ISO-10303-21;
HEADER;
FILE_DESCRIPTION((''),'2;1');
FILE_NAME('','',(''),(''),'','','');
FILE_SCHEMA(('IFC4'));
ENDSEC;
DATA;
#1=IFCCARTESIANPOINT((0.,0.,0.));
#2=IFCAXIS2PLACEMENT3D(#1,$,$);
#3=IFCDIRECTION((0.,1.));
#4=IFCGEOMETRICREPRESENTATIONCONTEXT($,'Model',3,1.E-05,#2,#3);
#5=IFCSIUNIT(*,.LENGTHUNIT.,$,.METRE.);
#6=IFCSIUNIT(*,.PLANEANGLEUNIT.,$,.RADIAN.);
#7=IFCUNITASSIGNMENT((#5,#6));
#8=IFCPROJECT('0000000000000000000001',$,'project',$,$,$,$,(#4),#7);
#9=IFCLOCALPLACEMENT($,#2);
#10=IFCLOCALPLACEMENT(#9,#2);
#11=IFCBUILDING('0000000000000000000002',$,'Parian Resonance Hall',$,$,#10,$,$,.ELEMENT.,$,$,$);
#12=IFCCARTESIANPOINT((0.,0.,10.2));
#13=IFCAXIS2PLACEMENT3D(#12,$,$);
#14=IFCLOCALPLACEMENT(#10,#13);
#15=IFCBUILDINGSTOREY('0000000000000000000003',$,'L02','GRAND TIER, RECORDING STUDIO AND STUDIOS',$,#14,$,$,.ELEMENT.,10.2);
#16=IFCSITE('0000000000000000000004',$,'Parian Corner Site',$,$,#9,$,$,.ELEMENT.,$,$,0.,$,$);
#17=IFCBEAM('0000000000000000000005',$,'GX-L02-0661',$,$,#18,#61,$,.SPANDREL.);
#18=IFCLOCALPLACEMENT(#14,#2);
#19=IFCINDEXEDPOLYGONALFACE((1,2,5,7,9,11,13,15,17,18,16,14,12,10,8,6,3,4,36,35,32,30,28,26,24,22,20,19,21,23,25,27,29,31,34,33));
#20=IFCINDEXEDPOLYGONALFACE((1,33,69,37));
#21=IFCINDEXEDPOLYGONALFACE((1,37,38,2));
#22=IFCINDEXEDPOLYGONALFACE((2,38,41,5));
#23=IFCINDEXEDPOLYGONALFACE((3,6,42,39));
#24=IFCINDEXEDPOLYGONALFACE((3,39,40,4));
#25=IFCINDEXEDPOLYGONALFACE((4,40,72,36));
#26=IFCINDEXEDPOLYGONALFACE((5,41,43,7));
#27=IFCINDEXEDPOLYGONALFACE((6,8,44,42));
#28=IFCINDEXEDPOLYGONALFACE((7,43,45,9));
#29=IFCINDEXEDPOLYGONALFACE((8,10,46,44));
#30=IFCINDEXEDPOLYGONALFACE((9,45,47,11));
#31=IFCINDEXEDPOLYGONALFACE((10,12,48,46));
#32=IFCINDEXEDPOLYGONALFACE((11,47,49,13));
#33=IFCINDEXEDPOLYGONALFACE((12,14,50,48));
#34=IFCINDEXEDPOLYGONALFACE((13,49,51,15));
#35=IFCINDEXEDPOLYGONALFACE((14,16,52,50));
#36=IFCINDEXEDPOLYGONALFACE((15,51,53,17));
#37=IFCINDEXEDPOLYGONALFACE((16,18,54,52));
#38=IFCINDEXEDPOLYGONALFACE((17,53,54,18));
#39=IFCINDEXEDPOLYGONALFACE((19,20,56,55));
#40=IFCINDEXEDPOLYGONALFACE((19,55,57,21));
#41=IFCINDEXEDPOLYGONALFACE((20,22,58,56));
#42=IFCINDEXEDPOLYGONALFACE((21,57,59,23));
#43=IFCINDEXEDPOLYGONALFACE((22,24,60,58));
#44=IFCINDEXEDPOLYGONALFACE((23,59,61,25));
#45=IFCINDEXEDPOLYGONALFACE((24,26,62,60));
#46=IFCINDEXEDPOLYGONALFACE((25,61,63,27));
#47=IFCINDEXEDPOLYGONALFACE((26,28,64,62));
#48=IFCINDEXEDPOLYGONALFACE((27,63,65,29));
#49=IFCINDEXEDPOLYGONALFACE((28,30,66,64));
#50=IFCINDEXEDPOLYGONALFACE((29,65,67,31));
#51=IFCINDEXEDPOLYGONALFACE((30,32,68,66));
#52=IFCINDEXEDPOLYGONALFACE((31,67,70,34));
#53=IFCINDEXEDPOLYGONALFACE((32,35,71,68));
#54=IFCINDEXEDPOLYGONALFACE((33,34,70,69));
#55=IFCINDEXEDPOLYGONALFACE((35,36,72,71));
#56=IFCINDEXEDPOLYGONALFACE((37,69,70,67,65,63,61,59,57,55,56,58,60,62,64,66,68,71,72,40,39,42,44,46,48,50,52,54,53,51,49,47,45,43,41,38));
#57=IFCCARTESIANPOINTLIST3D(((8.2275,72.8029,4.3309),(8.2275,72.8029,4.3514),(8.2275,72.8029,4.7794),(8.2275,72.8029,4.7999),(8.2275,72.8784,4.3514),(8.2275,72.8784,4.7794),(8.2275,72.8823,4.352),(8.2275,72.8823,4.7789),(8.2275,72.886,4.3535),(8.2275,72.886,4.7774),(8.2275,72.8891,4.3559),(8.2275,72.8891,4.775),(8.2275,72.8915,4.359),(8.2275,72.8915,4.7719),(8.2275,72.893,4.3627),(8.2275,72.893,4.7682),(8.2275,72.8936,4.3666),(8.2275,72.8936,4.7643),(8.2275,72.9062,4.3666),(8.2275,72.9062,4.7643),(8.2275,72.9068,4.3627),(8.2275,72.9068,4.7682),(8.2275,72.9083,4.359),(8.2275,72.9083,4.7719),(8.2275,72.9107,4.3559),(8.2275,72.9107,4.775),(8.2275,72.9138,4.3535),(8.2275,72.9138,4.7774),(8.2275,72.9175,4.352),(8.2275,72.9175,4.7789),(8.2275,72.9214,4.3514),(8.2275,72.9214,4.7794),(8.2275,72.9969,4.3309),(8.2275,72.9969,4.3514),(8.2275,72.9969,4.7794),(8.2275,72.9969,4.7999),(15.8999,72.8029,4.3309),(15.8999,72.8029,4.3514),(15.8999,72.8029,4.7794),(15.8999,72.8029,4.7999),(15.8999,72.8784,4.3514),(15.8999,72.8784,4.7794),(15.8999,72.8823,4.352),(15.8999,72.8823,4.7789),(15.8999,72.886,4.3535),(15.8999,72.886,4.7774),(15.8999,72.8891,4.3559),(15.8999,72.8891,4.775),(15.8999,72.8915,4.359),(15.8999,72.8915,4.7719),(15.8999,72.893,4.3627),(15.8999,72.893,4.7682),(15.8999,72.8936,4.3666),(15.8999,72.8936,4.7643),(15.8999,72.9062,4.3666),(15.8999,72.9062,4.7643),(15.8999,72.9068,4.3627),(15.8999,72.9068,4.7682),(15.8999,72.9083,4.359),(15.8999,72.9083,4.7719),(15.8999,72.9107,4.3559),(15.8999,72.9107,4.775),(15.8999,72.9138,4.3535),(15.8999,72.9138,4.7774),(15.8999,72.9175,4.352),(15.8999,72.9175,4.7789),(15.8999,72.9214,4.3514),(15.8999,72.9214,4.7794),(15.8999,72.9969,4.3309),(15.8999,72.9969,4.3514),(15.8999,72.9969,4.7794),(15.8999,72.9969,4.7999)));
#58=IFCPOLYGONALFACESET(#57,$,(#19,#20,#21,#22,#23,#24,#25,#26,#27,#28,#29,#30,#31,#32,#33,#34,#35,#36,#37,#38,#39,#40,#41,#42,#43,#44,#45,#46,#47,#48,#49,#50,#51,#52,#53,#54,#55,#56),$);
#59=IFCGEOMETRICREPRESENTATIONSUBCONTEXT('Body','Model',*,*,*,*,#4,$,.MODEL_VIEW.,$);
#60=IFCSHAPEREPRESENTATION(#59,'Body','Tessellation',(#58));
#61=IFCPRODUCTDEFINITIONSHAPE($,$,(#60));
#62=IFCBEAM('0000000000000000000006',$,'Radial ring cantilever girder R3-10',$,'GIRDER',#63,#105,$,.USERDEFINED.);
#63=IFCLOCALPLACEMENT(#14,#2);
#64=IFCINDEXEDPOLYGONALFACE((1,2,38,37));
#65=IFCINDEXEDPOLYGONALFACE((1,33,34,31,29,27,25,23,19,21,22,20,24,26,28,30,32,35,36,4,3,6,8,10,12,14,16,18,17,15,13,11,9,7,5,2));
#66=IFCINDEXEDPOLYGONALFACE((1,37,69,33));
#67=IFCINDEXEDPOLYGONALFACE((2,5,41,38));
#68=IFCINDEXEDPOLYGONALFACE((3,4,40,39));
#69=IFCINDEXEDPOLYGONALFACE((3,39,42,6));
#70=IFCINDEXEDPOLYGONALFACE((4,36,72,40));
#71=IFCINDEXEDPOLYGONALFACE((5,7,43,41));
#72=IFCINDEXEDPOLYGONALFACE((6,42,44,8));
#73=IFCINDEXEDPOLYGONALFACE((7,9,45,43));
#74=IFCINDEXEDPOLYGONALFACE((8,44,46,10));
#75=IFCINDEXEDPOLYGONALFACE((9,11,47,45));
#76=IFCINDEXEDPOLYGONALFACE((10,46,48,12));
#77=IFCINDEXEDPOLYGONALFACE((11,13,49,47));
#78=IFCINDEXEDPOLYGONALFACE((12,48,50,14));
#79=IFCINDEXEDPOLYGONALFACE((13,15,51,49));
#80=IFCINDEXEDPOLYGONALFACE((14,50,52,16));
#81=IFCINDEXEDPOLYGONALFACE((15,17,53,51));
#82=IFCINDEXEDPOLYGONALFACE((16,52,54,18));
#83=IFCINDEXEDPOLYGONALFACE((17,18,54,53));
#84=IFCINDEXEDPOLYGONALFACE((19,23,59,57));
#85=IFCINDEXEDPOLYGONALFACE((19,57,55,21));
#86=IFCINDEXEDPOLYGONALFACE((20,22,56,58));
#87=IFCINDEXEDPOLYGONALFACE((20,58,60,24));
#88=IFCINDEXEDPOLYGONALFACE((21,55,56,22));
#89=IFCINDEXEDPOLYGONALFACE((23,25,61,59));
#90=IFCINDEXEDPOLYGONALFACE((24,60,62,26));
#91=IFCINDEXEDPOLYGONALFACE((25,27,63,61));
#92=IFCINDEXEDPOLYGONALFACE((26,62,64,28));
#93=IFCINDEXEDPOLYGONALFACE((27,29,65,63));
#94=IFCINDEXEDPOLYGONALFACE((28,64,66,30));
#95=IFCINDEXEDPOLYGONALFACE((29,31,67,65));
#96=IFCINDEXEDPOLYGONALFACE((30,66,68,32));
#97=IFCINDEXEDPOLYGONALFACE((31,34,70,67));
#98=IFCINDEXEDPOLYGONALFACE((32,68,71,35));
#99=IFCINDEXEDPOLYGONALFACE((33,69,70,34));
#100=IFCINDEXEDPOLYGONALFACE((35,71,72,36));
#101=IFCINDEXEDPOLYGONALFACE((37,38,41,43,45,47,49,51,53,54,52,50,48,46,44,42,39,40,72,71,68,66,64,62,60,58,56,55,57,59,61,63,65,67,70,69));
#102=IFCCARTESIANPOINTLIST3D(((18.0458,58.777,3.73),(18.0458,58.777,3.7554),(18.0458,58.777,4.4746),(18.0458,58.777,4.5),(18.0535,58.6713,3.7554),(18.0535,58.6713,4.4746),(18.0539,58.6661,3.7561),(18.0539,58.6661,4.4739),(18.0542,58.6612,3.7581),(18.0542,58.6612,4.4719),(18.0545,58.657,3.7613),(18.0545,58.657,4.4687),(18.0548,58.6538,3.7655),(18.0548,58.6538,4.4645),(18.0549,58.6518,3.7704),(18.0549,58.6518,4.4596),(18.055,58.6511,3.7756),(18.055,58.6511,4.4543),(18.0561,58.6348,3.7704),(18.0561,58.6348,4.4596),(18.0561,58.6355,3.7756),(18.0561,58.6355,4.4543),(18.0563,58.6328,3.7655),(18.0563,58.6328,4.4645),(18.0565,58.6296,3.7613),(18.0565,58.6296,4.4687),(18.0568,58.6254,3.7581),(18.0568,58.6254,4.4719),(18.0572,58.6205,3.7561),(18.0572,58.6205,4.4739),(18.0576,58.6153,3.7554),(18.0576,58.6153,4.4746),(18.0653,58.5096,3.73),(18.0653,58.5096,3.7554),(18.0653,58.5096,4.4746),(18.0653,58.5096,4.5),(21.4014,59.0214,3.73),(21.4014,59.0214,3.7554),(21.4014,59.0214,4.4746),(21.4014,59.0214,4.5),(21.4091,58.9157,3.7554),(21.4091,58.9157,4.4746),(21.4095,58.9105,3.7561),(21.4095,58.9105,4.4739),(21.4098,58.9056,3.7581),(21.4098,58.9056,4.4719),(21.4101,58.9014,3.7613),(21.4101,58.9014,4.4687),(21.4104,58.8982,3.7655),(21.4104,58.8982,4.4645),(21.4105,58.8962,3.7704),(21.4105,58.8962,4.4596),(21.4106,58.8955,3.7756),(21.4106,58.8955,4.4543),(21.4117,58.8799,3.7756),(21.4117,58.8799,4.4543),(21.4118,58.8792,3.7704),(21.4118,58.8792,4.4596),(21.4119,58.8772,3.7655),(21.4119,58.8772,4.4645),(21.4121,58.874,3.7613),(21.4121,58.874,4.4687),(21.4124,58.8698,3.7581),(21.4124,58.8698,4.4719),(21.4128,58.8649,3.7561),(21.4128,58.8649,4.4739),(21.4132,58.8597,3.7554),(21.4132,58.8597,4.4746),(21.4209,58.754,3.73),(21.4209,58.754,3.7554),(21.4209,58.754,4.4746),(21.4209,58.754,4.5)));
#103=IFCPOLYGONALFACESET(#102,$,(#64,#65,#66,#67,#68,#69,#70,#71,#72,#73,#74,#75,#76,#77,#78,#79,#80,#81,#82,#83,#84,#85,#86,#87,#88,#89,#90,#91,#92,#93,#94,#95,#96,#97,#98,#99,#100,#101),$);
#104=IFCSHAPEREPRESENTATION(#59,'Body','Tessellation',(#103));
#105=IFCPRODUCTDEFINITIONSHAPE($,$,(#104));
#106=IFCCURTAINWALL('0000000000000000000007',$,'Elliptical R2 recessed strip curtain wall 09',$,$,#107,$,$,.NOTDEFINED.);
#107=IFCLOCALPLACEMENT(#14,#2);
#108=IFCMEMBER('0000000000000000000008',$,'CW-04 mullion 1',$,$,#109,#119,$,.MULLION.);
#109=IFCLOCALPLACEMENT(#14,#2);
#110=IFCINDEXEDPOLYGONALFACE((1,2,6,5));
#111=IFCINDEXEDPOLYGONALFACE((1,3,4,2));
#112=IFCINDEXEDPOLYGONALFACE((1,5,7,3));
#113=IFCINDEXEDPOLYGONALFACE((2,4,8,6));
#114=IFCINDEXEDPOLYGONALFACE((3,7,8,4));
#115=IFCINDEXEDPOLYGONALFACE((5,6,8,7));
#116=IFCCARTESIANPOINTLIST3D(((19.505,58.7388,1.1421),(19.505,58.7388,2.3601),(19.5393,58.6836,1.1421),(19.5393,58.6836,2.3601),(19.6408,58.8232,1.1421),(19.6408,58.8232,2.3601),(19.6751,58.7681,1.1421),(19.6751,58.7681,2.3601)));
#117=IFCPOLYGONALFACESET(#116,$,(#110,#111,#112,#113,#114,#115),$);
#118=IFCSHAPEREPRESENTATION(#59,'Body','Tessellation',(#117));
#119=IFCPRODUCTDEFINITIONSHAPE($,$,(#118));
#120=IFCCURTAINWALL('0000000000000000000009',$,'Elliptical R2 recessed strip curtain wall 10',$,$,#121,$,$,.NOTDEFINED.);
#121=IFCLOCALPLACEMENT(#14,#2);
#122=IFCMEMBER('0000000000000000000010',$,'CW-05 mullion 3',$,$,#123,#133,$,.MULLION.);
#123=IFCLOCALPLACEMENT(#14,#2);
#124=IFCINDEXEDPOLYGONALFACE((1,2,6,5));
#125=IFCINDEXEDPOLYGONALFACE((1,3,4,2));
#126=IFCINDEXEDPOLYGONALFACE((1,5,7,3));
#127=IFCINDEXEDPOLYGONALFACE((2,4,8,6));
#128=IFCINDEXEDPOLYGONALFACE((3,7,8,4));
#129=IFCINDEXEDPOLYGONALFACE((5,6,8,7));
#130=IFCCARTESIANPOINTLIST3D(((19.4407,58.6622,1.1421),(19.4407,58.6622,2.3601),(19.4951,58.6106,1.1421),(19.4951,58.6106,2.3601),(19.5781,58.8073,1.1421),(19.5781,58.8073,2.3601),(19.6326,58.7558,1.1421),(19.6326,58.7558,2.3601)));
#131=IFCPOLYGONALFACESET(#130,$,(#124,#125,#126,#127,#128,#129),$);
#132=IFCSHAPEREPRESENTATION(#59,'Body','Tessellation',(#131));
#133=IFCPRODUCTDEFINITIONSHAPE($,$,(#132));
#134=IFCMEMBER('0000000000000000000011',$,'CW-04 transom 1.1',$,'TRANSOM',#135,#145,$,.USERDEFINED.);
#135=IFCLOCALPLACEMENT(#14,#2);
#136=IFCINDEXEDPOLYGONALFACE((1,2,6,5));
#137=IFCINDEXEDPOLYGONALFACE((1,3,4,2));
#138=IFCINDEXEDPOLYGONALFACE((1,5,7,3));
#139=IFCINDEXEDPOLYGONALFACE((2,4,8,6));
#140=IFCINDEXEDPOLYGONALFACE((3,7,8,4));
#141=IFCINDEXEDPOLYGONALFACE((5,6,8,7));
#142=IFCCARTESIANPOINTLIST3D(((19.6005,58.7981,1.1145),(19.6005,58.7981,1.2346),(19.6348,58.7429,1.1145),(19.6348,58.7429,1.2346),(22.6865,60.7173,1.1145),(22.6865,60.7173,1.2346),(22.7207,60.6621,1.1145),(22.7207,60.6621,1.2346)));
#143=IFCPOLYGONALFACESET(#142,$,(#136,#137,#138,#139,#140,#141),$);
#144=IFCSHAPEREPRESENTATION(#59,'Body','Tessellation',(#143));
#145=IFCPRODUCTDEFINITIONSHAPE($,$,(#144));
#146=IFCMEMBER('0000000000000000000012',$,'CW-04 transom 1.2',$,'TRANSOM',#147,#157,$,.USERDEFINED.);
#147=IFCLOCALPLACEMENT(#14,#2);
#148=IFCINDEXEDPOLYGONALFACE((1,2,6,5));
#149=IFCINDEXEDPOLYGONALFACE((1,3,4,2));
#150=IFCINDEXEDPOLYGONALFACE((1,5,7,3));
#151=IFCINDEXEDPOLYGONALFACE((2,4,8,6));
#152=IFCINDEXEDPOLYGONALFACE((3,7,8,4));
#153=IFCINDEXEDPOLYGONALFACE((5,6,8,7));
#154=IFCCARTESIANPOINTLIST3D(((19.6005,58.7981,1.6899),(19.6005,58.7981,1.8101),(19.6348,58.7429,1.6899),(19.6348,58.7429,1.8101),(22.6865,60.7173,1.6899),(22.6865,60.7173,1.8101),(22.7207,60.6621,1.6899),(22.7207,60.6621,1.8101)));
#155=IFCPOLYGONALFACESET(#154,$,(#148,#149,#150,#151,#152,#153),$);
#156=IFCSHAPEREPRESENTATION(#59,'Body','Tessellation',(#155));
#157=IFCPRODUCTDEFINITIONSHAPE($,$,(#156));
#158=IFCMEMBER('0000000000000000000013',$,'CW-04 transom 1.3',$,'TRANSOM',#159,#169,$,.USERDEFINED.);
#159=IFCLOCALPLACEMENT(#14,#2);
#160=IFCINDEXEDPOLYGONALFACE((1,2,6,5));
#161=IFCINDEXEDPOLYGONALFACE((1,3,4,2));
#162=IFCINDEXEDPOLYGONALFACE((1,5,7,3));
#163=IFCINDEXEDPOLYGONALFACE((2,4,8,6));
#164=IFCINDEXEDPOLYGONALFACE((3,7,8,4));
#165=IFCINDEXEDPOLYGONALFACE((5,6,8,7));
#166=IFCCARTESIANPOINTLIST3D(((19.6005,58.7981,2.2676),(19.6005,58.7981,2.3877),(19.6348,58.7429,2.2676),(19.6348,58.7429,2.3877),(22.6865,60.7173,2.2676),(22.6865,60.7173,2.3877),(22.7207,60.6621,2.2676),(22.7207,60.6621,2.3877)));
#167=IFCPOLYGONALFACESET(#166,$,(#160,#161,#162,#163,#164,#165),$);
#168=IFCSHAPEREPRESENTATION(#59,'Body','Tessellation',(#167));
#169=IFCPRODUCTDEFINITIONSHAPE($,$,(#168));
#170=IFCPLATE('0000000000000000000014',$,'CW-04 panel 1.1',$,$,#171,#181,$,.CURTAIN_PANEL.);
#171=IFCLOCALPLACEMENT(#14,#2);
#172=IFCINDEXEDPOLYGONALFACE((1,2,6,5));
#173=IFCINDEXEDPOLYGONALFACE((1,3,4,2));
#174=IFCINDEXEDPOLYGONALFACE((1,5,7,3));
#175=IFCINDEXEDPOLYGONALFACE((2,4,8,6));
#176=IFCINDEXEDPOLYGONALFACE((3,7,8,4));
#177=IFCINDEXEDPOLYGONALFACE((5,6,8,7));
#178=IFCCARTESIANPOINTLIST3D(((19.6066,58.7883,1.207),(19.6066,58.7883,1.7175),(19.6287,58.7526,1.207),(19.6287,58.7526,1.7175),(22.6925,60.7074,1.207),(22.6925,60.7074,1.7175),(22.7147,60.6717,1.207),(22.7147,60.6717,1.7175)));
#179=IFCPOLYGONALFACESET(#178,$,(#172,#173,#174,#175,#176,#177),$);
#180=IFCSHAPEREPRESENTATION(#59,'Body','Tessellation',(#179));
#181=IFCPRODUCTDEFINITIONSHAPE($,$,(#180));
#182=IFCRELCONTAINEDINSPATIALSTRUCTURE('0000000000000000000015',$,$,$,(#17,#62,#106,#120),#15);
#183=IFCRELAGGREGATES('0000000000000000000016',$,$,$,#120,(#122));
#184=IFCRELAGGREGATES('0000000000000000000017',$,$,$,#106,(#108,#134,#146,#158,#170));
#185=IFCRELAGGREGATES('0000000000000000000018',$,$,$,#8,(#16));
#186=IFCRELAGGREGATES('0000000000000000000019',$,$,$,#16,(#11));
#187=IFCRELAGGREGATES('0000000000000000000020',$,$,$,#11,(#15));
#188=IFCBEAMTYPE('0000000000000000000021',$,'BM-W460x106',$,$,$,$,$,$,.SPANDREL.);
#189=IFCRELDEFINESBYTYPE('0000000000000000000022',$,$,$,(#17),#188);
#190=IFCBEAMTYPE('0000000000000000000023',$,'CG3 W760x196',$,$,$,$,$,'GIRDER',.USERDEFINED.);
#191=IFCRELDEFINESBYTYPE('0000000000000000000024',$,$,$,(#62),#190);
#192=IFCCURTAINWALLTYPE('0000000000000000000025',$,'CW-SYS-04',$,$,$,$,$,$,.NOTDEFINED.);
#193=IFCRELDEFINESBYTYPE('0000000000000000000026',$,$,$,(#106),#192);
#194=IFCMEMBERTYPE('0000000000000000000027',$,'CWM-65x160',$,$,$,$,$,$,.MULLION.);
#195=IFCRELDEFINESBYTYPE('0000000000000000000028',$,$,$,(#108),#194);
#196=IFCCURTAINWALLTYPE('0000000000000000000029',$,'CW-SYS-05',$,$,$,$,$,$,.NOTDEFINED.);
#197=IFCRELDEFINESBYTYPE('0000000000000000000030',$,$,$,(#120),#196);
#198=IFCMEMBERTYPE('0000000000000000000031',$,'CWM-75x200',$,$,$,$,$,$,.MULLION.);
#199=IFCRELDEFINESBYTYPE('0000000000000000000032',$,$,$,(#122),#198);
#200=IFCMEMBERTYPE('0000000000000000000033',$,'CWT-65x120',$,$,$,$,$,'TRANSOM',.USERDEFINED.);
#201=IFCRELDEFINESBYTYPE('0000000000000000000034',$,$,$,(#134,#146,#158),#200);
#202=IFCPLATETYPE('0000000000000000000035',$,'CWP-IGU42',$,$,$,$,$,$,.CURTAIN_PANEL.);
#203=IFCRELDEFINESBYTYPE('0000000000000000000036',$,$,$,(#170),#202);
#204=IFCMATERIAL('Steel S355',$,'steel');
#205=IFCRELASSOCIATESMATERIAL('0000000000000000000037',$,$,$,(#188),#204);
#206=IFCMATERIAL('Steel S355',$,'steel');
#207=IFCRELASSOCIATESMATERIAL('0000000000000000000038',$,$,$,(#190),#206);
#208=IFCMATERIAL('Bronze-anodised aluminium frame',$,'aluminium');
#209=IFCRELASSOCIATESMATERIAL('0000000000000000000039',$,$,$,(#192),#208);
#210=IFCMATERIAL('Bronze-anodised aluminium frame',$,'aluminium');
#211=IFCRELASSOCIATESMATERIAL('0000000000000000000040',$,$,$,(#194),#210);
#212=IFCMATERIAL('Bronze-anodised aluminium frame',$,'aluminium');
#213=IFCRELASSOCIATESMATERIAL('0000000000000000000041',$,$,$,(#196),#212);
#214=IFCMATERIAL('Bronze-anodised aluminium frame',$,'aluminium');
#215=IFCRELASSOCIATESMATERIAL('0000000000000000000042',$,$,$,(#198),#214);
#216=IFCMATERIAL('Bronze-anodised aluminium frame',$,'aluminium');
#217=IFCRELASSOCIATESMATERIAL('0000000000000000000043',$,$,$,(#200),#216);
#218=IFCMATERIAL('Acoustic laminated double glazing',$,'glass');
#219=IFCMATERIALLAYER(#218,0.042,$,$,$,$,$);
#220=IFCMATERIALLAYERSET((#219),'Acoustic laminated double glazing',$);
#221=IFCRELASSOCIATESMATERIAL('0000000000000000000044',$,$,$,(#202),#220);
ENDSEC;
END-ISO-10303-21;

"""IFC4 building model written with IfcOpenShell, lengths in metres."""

from ifc_helpers import new_model, si_unit, direction, frame, origin, origin_2d, place, context, subcontext, project, spatial, rectangle, i_section, extrude, material, layer, layer_set, material_profile, profile_set, type_object, element, aggregate, save


model = new_model("IFC4")

# Units and contexts
model_context = context("Model", 3, precision=1e-05, world=origin(), true_north=direction((0.0, 1.0)))
body_context = subcontext(model_context, "Body", "Model", "MODEL_VIEW")
ifc_project = project(units=[si_unit("LENGTHUNIT", "METRE"), si_unit("PLANEANGLEUNIT", "RADIAN")], contexts=[model_context])

# Site, building, storey
site_placement = place(None, origin())
site = spatial("IfcSite", under=ifc_project, at=site_placement, Name="Parian Corner Site", CompositionType="ELEMENT", RefElevation=0.0)
building_placement = place(site_placement, origin())
building = spatial("IfcBuilding", under=site, at=building_placement, Name="Parian Resonance Hall", CompositionType="ELEMENT")
storey_placement = place(building_placement, frame((0.0, 0.0, 10.2)))
storey = spatial("IfcBuildingStorey", under=building, at=storey_placement, Name="L02", Description="GRAND TIER, RECORDING STUDIO AND STUDIOS", CompositionType="ELEMENT", Elevation=10.2)

# Beams
ifc_material_1 = material(Name="Steel S355", Category="steel")
ifc_material_profile_1 = material_profile(ifc_material_1, i_section(OverallWidth=0.1941, OverallDepth=0.469, WebThickness=0.0127, FlangeThickness=0.0205, FilletRadius=0.0151, at=origin_2d()), Name="W460x106")
ifc_profile_set_1 = profile_set([ifc_material_profile_1], Name="Steel S355")
beam_type_1 = type_object("IfcBeamType", Name="BM-W460x106", PredefinedType="SPANDREL", material=ifc_profile_set_1)
beam_1_placement = place(storey_placement, frame((8.2275, 72.8999, 4.5654), z_axis=(1.0, 0.0, 0.0), x_axis=(0.0, 1.0, 0.0)))
element("IfcBeam", 1, at=beam_1_placement, inside=storey, type_object=beam_type_1, Name="GX-L02-0661", PredefinedType="SPANDREL", context=body_context, shape_type="SweptSolid", body=[
    extrude(i_section(OverallWidth=0.1941, OverallDepth=0.469, WebThickness=0.0127, FlangeThickness=0.0205, FilletRadius=0.0151, at=origin_2d()), origin(), (0.0, 0.0, 1.0), 7.6724),
])
ifc_material_2 = material(Name="Steel S355", Category="steel")
ifc_material_profile_2 = material_profile(ifc_material_2, i_section(OverallWidth=0.2681, OverallDepth=0.77, WebThickness=0.0156, FlangeThickness=0.0254, FilletRadius=0.0203, at=origin_2d()), Name="W760x196")
ifc_profile_set_2 = profile_set([ifc_material_profile_2], Name="Steel S355")
beam_type_2 = type_object("IfcBeamType", Name="CG3 W760x196", ElementType="GIRDER", PredefinedType="USERDEFINED", material=ifc_profile_set_2)
beam_2_placement = place(storey_placement, frame((21.4111, 58.8877, 4.115), z_axis=(-0.997359, -0.072634, 0.0), x_axis=(0.072634, -0.997359, 0.0)))
element("IfcBeam", 2, at=beam_2_placement, inside=storey, type_object=beam_type_2, Name="Radial ring cantilever girder R3-10", ObjectType="GIRDER", PredefinedType="USERDEFINED", context=body_context, shape_type="SweptSolid", body=[
    extrude(i_section(OverallWidth=0.2681, OverallDepth=0.77, WebThickness=0.0156, FlangeThickness=0.0254, FilletRadius=0.0203, at=origin_2d()), origin(), (0.0, 0.0, 1.0), 3.3645),
])

# Curtain walls, members
ifc_material_3 = material(Name="Bronze-anodised aluminium frame", Category="aluminium")
curtain_wall_type_1 = type_object("IfcCurtainWallType", Name="CW-SYS-04", PredefinedType="NOTDEFINED", material=ifc_material_3)
curtain_wall_1_placement = place(storey_placement, origin())
curtain_wall_1 = element("IfcCurtainWall", 3, at=curtain_wall_1_placement, inside=storey, type_object=curtain_wall_type_1, Name="Elliptical R2 recessed strip curtain wall 09", PredefinedType="NOTDEFINED")
ifc_material_4 = material(Name="Bronze-anodised aluminium frame", Category="aluminium")
ifc_material_profile_3 = material_profile(ifc_material_4, rectangle(XDim=0.0649, YDim=0.1599, at=origin_2d()), Name="CWM-65x160")
ifc_profile_set_3 = profile_set([ifc_material_profile_3], Name="Bronze-anodised aluminium frame")
member_type_1 = type_object("IfcMemberType", Name="CWM-65x160", PredefinedType="MULLION", material=ifc_profile_set_3)
member_1_placement = place(storey_placement, frame((19.5901, 58.7534, 1.1421), z_axis=(0.0, 0.0, 1.0), x_axis=(-0.528096, 0.849185, 0.0)))
member_1 = element("IfcMember", 4, at=member_1_placement, type_object=member_type_1, Name="CW-04 mullion 1", PredefinedType="MULLION", context=body_context, shape_type="SweptSolid", body=[
    extrude(rectangle(XDim=0.0649, YDim=0.1599, at=origin_2d()), origin(), (0.0, 0.0, 1.0), 1.218),
])
ifc_material_5 = material(Name="Bronze-anodised aluminium frame", Category="aluminium")
curtain_wall_type_2 = type_object("IfcCurtainWallType", Name="CW-SYS-05", PredefinedType="NOTDEFINED", material=ifc_material_5)
curtain_wall_2_placement = place(storey_placement, origin())
curtain_wall_2 = element("IfcCurtainWall", 5, at=curtain_wall_2_placement, inside=storey, type_object=curtain_wall_type_2, Name="Elliptical R2 recessed strip curtain wall 10", PredefinedType="NOTDEFINED")
ifc_material_6 = material(Name="Bronze-anodised aluminium frame", Category="aluminium")
ifc_material_profile_4 = material_profile(ifc_material_6, rectangle(XDim=0.075, YDim=0.2, at=origin_2d()), Name="CWM-75x200")
ifc_profile_set_4 = profile_set([ifc_material_profile_4], Name="Bronze-anodised aluminium frame")
member_type_2 = type_object("IfcMemberType", Name="CWM-75x200", PredefinedType="MULLION", material=ifc_profile_set_4)
member_2_placement = place(storey_placement, frame((19.5366, 58.709, 1.1421), z_axis=(0.0, 0.0, 1.0), x_axis=(-0.726163, 0.687523, 0.0)))
member_2 = element("IfcMember", 6, at=member_2_placement, type_object=member_type_2, Name="CW-05 mullion 3", PredefinedType="MULLION", context=body_context, shape_type="SweptSolid", body=[
    extrude(rectangle(XDim=0.075, YDim=0.2, at=origin_2d()), origin(), (0.0, 0.0, 1.0), 1.218),
])
aggregate(curtain_wall_2, [member_2])

# Members
ifc_material_7 = material(Name="Bronze-anodised aluminium frame", Category="aluminium")
ifc_material_profile_5 = material_profile(ifc_material_7, rectangle(XDim=0.0649, YDim=0.1201, at=origin_2d()), Name="CWT-65x120")
ifc_profile_set_5 = profile_set([ifc_material_profile_5], Name="Bronze-anodised aluminium frame")
member_type_3 = type_object("IfcMemberType", Name="CWT-65x120", ElementType="TRANSOM", PredefinedType="USERDEFINED", material=ifc_profile_set_5)
member_3_placement = place(storey_placement, frame((19.6177, 58.7705, 1.1746), z_axis=(0.849174, 0.528114, 0.0), x_axis=(-0.528114, 0.849174, 0.0)))
member_3 = element("IfcMember", 7, at=member_3_placement, type_object=member_type_3, Name="CW-04 transom 1.1", ObjectType="TRANSOM", PredefinedType="USERDEFINED", context=body_context, shape_type="SweptSolid", body=[
    extrude(rectangle(XDim=0.0649, YDim=0.1201, at=origin_2d()), origin(), (0.0, 0.0, 1.0), 3.634),
])
member_4_placement = place(storey_placement, frame((19.6177, 58.7705, 1.75), z_axis=(0.849174, 0.528114, 0.0), x_axis=(-0.528114, 0.849174, 0.0)))
member_4 = element("IfcMember", 8, at=member_4_placement, type_object=member_type_3, Name="CW-04 transom 1.2", ObjectType="TRANSOM", PredefinedType="USERDEFINED", context=body_context, shape_type="SweptSolid", body=[
    extrude(rectangle(XDim=0.0649, YDim=0.1201, at=origin_2d()), origin(), (0.0, 0.0, 1.0), 3.634),
])
member_5_placement = place(storey_placement, frame((19.6177, 58.7705, 2.3276), z_axis=(0.849174, 0.528114, 0.0), x_axis=(-0.528114, 0.849174, 0.0)))
member_5 = element("IfcMember", 9, at=member_5_placement, type_object=member_type_3, Name="CW-04 transom 1.3", ObjectType="TRANSOM", PredefinedType="USERDEFINED", context=body_context, shape_type="SweptSolid", body=[
    extrude(rectangle(XDim=0.0649, YDim=0.1201, at=origin_2d()), origin(), (0.0, 0.0, 1.0), 3.634),
])

# Plate
ifc_material_8 = material(Name="Acoustic laminated double glazing", Category="glass")
ifc_layer_1 = layer(ifc_material_8, 0.042)
ifc_layer_set_1 = layer_set([ifc_layer_1], Name="Acoustic laminated double glazing")
plate_type_1 = type_object("IfcPlateType", Name="CWP-IGU42", PredefinedType="CURTAIN_PANEL", material=ifc_layer_set_1)
plate_1_placement = place(storey_placement, frame((21.1606, 59.73, 1.207), z_axis=(0.0, 0.0, 1.0), x_axis=(0.849185, 0.528096, 0.0)))
plate_1 = element("IfcPlate", 10, at=plate_1_placement, type_object=plate_type_1, Name="CW-04 panel 1.1", PredefinedType="CURTAIN_PANEL", context=body_context, shape_type="SweptSolid", body=[
    extrude(rectangle(XDim=3.634, YDim=0.042, at=origin_2d()), origin(), (0.0, 0.0, 1.0), 0.5105),
])
aggregate(curtain_wall_1, [member_1, member_3, member_4, member_5, plate_1])

save(model, "model.ifc")
